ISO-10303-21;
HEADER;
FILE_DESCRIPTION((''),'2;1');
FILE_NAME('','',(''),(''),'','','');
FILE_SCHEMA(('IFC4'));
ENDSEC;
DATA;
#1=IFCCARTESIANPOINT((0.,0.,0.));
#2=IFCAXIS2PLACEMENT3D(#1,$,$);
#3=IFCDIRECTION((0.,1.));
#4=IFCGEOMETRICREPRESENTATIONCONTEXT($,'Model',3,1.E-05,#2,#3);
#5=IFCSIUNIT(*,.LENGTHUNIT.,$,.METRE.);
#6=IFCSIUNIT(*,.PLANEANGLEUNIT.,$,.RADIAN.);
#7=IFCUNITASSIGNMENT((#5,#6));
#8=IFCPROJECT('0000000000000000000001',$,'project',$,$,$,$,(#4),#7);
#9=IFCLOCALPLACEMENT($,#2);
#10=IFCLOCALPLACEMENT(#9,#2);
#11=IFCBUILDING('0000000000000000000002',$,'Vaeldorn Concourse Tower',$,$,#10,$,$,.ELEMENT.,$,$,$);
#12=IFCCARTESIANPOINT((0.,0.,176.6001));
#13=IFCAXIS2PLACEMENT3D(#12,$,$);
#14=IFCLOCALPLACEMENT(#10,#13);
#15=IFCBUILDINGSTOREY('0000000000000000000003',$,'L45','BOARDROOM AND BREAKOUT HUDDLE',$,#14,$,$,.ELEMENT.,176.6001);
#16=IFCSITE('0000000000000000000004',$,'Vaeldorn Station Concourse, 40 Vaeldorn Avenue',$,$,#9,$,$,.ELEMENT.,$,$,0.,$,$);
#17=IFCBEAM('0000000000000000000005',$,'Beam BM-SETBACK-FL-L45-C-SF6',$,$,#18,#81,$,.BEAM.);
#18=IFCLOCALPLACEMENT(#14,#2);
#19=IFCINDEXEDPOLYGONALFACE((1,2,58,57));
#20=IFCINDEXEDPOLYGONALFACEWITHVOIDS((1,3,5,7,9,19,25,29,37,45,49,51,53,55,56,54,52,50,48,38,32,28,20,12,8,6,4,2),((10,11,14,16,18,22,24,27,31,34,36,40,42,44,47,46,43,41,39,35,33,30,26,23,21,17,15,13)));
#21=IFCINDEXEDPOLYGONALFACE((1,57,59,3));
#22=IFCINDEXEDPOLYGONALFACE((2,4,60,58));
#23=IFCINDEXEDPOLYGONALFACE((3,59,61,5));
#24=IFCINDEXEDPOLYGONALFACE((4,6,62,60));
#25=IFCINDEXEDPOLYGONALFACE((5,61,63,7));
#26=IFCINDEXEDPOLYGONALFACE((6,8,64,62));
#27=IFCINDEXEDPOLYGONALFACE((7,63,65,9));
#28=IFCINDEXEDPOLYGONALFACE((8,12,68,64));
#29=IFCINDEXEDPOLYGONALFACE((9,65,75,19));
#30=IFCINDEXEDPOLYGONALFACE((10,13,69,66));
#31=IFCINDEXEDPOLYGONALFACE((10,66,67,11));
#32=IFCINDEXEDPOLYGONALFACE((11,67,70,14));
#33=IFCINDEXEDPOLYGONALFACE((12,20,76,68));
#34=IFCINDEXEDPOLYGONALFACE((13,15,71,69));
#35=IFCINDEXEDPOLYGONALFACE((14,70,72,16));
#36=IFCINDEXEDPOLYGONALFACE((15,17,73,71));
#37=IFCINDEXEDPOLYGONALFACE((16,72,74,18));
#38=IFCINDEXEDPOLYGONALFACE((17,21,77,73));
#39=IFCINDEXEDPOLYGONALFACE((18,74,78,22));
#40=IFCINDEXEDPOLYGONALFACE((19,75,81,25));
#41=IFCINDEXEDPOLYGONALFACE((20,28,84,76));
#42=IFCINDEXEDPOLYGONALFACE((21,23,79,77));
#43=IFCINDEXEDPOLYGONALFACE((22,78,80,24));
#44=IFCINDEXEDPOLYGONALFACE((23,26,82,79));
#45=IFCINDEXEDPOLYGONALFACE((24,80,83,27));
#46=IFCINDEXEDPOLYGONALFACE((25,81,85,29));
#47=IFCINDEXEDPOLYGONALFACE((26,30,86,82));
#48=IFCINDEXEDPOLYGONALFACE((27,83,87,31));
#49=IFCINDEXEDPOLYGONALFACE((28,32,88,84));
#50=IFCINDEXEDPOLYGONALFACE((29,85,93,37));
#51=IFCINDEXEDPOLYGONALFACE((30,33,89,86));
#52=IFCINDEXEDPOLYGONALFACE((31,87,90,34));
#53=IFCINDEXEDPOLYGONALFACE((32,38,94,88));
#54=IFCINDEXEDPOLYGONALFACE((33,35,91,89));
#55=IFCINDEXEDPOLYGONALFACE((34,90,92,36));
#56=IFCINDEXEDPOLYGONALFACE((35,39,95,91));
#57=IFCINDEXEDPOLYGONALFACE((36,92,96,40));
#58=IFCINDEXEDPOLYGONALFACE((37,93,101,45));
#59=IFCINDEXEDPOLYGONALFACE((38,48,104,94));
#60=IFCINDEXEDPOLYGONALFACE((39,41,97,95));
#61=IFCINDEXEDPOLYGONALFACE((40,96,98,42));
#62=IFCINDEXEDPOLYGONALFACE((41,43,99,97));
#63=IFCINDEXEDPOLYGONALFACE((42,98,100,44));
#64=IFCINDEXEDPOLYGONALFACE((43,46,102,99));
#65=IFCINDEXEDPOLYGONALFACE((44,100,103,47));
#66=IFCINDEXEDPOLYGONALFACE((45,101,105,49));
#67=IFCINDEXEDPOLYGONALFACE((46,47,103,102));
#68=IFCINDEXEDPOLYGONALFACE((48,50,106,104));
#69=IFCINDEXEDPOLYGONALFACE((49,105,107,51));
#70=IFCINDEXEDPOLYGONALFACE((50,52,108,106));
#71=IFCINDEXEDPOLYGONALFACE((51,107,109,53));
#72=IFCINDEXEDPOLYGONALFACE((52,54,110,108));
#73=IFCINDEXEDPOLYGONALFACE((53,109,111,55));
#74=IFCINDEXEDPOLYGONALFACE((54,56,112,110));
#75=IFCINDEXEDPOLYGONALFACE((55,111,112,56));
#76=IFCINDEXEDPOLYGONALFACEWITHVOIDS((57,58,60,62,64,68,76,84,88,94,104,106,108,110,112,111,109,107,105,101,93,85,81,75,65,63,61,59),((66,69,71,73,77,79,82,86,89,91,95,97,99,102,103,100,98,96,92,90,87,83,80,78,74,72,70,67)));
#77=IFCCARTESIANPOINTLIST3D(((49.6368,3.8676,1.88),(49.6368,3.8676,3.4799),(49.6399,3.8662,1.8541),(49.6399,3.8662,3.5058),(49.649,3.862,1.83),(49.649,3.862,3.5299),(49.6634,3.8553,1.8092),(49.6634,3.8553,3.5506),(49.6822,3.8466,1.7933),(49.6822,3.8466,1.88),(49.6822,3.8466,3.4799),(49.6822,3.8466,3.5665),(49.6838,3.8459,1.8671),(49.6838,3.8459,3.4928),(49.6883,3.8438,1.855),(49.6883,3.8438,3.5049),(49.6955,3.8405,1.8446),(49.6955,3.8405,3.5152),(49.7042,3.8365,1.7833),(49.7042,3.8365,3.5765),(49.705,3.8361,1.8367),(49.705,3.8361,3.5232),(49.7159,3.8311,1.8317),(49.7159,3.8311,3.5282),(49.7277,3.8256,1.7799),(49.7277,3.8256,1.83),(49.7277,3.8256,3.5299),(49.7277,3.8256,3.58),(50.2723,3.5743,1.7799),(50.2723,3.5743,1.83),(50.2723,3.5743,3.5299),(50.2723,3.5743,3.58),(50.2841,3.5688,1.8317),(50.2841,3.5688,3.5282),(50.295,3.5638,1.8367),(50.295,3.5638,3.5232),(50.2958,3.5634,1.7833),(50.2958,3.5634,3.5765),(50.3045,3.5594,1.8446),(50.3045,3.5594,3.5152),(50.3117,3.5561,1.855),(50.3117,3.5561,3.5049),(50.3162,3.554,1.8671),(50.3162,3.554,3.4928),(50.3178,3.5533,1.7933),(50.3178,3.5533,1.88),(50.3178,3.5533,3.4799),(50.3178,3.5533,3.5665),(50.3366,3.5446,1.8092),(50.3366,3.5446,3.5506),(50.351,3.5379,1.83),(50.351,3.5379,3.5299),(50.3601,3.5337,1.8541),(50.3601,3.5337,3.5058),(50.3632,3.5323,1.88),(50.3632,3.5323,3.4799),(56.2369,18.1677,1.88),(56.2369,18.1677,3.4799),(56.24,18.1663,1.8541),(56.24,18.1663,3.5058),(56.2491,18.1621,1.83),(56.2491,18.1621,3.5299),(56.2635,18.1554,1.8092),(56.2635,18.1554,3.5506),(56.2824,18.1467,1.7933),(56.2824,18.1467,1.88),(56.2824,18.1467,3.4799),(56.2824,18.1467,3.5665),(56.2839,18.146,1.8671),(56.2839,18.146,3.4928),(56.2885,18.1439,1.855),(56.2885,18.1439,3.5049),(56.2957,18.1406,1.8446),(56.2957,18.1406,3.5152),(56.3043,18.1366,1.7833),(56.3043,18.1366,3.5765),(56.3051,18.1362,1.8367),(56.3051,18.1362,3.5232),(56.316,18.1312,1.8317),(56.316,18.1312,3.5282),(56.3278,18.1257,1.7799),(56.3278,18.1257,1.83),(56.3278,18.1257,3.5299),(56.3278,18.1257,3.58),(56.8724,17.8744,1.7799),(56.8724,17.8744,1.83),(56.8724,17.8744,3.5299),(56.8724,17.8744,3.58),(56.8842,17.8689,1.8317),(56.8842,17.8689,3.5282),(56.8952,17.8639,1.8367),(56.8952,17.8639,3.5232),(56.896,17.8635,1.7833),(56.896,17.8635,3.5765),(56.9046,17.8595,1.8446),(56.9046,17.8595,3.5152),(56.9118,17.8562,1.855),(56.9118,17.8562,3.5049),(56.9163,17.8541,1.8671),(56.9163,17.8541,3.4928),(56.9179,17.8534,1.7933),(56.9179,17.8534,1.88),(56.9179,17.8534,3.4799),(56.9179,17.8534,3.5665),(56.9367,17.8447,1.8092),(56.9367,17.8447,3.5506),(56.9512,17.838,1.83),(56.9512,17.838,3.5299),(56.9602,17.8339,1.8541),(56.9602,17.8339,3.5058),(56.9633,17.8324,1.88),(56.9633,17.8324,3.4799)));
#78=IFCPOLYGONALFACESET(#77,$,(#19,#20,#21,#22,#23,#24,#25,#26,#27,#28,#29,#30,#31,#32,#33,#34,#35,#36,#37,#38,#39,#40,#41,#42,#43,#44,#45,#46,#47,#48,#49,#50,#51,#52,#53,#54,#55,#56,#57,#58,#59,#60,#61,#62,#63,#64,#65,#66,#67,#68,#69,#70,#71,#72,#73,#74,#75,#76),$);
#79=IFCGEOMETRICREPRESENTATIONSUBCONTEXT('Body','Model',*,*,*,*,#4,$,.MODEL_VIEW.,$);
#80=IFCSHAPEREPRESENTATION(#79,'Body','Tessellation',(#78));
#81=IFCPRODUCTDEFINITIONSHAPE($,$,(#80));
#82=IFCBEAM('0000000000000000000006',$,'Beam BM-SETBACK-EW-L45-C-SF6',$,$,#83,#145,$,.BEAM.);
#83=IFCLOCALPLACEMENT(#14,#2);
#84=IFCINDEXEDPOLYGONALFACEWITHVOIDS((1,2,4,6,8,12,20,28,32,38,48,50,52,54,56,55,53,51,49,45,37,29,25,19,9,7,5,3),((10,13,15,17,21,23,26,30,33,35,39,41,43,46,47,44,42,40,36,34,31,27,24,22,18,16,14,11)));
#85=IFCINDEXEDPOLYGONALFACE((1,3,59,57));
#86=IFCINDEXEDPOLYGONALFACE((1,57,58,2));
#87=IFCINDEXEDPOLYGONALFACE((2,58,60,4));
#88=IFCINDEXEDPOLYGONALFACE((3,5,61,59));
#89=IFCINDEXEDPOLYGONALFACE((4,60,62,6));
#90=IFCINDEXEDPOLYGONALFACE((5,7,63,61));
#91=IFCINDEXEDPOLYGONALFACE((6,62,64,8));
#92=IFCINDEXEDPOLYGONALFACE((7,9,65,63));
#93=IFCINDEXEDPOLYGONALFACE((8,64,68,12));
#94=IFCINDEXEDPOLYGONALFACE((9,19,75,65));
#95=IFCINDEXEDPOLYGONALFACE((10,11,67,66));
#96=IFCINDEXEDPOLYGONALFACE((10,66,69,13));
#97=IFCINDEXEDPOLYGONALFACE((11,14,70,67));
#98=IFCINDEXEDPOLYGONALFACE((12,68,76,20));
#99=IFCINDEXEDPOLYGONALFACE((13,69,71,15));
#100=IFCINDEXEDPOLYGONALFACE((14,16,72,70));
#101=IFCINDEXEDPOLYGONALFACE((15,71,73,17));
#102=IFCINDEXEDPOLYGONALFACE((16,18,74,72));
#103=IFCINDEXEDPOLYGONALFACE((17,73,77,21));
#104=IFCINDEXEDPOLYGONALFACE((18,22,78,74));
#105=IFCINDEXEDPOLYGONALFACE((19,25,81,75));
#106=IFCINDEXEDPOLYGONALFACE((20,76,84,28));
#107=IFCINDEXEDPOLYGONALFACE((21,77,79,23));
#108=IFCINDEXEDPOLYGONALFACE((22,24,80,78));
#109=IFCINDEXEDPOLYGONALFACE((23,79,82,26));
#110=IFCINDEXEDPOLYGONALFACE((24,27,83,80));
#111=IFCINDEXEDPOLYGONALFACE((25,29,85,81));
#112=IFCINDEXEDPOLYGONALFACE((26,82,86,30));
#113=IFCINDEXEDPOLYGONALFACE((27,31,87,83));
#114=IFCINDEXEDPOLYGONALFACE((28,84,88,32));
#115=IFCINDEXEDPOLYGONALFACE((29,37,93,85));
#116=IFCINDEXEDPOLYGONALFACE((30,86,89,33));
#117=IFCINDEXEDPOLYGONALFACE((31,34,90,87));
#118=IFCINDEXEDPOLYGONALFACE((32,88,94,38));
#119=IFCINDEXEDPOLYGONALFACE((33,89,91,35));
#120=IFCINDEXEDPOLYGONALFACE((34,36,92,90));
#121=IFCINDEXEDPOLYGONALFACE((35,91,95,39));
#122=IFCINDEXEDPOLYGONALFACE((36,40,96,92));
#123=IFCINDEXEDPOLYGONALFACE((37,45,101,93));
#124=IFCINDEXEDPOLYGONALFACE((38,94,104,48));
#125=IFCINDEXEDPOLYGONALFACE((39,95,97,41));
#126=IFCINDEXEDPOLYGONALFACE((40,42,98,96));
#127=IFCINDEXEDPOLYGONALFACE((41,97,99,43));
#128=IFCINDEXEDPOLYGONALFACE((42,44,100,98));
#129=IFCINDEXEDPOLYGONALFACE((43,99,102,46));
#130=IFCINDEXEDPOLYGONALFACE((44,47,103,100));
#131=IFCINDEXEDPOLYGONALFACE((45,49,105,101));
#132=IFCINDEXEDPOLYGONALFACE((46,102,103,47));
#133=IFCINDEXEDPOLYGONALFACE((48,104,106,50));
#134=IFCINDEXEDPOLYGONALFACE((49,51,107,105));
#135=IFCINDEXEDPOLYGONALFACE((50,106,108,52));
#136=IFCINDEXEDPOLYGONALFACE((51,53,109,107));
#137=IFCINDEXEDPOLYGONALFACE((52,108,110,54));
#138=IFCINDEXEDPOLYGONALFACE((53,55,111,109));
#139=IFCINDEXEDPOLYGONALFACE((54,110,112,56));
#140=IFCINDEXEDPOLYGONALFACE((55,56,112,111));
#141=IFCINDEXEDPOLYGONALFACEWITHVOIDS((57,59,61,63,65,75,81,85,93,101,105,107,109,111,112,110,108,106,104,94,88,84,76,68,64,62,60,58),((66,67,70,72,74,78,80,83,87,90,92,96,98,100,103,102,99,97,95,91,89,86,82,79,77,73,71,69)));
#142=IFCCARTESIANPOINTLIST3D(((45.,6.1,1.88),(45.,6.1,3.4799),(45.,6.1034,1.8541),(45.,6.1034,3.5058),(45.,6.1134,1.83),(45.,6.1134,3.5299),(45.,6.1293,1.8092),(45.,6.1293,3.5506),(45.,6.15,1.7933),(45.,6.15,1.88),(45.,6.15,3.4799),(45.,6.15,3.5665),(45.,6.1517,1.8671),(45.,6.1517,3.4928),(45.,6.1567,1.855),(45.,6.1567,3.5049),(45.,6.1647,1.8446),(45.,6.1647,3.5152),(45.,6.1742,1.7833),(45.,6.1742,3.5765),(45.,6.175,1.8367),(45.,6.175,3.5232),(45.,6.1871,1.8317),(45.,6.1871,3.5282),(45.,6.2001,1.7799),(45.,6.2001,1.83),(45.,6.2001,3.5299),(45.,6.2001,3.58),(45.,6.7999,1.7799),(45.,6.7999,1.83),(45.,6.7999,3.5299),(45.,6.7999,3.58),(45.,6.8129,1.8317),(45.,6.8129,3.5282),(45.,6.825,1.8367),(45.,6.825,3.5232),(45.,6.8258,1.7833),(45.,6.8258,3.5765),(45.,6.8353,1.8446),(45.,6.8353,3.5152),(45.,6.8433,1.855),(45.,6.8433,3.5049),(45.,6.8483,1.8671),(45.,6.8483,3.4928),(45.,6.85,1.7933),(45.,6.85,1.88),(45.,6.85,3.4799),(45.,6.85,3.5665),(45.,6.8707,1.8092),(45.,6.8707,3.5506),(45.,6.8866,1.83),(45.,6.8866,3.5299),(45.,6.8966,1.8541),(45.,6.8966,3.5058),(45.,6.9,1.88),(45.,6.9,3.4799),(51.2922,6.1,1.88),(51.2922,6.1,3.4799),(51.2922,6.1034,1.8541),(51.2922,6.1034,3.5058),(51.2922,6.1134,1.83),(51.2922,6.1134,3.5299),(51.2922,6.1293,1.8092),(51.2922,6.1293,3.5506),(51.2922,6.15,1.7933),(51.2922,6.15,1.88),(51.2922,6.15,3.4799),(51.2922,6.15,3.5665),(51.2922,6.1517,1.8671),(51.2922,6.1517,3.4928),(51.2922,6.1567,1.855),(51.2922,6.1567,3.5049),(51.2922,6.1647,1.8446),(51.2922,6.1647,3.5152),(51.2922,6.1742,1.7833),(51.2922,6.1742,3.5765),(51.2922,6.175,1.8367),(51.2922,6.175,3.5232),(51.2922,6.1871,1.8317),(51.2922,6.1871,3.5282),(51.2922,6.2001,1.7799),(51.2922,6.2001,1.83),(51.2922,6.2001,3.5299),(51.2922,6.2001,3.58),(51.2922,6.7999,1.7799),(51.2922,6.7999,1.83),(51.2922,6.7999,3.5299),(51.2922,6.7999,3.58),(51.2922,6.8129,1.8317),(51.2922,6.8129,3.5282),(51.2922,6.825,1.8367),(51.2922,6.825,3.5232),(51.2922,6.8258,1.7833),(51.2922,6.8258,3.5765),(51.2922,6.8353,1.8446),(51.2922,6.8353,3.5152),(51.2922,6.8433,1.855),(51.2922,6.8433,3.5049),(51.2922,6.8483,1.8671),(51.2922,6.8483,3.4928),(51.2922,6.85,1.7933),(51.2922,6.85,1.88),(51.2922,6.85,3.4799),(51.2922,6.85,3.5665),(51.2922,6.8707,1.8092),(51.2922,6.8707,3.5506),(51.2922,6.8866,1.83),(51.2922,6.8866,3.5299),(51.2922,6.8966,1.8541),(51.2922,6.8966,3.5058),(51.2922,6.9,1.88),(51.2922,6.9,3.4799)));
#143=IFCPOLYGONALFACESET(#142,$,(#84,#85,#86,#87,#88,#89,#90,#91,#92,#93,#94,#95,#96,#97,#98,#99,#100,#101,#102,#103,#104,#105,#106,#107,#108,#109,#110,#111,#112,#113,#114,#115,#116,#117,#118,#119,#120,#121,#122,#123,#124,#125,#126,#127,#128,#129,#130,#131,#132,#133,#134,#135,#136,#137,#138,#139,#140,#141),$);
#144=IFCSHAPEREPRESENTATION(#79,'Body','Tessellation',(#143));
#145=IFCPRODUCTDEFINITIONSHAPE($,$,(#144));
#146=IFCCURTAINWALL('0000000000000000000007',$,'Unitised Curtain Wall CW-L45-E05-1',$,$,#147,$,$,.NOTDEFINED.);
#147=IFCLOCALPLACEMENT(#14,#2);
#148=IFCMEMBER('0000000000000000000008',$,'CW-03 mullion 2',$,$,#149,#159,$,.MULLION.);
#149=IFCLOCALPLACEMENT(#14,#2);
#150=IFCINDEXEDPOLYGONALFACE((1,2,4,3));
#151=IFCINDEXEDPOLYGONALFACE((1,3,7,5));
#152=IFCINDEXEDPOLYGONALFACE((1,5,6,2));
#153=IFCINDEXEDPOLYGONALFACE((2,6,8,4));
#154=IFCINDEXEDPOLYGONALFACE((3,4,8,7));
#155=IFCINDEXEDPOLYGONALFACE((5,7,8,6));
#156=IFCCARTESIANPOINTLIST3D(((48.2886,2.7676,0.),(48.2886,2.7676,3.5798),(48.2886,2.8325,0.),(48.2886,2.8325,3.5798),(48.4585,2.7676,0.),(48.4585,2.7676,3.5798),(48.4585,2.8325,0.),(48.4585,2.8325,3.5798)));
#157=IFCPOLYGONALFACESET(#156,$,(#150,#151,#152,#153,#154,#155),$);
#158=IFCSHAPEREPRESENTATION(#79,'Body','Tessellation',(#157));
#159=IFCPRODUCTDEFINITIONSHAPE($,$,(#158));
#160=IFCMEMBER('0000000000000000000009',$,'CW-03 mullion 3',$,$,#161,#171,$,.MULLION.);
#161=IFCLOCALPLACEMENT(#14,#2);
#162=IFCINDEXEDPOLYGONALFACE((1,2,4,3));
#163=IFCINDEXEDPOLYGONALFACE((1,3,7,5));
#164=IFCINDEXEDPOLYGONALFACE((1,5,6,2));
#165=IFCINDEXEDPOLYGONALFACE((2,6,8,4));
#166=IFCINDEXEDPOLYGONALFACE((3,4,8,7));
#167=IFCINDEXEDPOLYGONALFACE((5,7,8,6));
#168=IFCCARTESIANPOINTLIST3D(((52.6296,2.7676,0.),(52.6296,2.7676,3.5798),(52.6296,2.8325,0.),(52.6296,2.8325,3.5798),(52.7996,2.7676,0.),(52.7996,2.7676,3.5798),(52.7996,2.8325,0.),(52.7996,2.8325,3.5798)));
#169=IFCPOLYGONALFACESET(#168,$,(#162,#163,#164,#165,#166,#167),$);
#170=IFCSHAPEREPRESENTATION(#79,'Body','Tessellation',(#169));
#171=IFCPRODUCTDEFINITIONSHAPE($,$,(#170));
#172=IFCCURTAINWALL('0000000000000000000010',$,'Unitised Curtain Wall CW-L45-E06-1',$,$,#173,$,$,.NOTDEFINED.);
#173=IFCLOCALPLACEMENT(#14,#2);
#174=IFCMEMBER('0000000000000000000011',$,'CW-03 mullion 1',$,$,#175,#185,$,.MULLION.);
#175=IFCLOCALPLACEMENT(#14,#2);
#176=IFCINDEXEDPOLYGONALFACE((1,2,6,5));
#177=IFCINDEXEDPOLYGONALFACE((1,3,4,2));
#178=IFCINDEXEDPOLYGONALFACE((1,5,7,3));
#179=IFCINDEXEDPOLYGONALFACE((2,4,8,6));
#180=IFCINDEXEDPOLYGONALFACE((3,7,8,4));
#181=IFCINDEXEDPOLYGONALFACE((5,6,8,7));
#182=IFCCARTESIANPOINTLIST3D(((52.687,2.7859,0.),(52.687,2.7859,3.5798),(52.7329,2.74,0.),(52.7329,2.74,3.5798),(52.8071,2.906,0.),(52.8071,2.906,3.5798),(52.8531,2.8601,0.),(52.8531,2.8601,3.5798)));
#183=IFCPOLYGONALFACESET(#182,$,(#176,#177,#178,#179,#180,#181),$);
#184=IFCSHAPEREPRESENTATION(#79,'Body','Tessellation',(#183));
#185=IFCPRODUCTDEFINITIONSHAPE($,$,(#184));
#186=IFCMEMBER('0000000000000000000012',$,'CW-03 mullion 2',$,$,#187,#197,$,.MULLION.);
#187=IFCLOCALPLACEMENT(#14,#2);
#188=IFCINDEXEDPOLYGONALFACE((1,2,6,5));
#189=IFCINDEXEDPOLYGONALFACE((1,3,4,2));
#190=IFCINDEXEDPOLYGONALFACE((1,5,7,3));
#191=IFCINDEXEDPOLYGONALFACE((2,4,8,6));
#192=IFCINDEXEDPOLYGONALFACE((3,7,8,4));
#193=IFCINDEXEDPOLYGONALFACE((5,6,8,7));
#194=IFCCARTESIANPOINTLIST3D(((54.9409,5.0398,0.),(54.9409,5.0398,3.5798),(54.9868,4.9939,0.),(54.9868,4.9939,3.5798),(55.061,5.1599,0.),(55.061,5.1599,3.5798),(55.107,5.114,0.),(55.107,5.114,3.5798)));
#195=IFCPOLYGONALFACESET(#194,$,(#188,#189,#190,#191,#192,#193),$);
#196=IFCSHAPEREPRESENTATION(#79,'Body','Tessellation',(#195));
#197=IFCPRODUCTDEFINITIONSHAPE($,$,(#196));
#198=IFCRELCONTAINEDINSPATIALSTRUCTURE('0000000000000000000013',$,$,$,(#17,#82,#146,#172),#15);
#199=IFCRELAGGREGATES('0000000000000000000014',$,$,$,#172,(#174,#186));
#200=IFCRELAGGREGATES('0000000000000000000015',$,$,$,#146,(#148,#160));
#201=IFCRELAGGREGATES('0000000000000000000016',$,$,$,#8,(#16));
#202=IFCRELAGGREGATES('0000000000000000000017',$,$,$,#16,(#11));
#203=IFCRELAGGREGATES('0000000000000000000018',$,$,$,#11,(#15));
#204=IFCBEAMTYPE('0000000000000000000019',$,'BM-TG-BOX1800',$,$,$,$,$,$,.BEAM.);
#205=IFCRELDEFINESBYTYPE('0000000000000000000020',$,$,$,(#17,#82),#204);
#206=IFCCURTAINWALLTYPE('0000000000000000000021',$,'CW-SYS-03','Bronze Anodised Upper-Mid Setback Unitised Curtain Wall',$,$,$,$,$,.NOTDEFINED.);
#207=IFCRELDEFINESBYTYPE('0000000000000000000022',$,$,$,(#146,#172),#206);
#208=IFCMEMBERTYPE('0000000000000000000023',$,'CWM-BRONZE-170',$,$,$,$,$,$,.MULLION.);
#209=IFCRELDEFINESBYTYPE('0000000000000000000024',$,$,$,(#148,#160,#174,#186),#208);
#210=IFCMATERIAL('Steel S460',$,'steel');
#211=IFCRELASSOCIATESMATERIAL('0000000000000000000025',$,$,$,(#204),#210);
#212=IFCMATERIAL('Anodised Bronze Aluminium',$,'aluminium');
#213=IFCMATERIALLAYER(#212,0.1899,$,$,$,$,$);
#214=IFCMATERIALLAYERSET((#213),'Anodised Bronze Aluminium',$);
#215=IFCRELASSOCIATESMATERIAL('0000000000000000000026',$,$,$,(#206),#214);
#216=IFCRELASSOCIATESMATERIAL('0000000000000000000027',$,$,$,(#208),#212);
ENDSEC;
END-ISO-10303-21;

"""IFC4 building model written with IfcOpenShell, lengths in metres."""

from ifc_helpers import new_model, si_unit, direction, frame, origin, origin_2d, place, context, subcontext, project, spatial, rectangle, hollow_rectangle, extrude, source, transform, mapped, material, layer, layer_set, material_profile, profile_set, type_object, element, aggregate, save


model = new_model("IFC4")

# Units and contexts
model_context = context("Model", 3, precision=1e-05, world=origin(), true_north=direction((0.0, 1.0)))
body_context = subcontext(model_context, "Body", "Model", "MODEL_VIEW")
ifc_project = project(units=[si_unit("LENGTHUNIT", "METRE"), si_unit("PLANEANGLEUNIT", "RADIAN")], contexts=[model_context])

# Site, building, storey
site_placement = place(None, origin())
site = spatial("IfcSite", under=ifc_project, at=site_placement, Name="Vaeldorn Station Concourse, 40 Vaeldorn Avenue", CompositionType="ELEMENT", RefElevation=0.0)
building_placement = place(site_placement, origin())
building = spatial("IfcBuilding", under=site, at=building_placement, Name="Vaeldorn Concourse Tower", CompositionType="ELEMENT")
storey_placement = place(building_placement, frame((0.0, 0.0, 176.6001)))
storey = spatial("IfcBuildingStorey", under=building, at=storey_placement, Name="L45", Description="BOARDROOM AND BREAKOUT HUDDLE", CompositionType="ELEMENT", Elevation=176.6001)

# Beams
ifc_material_1 = material(Name="Steel S460", Category="steel")
ifc_material_profile_1 = material_profile(ifc_material_1, hollow_rectangle(XDim=0.8, YDim=1.8, WallThickness=0.05, InnerFilletRadius=0.05, OuterFilletRadius=0.1001, at=origin_2d()), Name="RHS 1800x800x50")
ifc_profile_set_1 = profile_set([ifc_material_profile_1], Name="Steel S460")
beam_type_1 = type_object("IfcBeamType", Name="BM-TG-BOX1800", PredefinedType="BEAM", material=ifc_profile_set_1)
shared_shape_1 = source(origin(), body_context, "Body", "SweptSolid", [
    extrude(hollow_rectangle(XDim=0.8, YDim=1.8, WallThickness=0.05, InnerFilletRadius=0.05, OuterFilletRadius=0.1001, at=origin_2d()), origin(), (0.0, 0.0, 1.0), 15.7498),
])
beam_1_placement = place(storey_placement, frame((50.0, 3.7, 2.6799), z_axis=(0.419062, 0.907958, 0.0), x_axis=(-0.907958, 0.419062, 0.0)))
element("IfcBeam", 1, at=beam_1_placement, inside=storey, type_object=beam_type_1, Name="Beam BM-SETBACK-FL-L45-C-SF6", PredefinedType="BEAM", context=body_context, shape_type="MappedRepresentation", body=[
    mapped(shared_shape_1, transform((0.0, 0.0, 0.0), scale=1.0)),
])
shared_shape_2 = source(origin(), body_context, "Body", "SweptSolid", [
    extrude(hollow_rectangle(XDim=0.8, YDim=1.8, WallThickness=0.05, InnerFilletRadius=0.05, OuterFilletRadius=0.1001, at=origin_2d()), origin(), (0.0, 0.0, 1.0), 6.2922),
])
beam_2_placement = place(storey_placement, frame((51.2922, 6.5, 2.6799), z_axis=(-1.0, 0.0, 0.0), x_axis=(0.0, -1.0, 0.0)))
element("IfcBeam", 2, at=beam_2_placement, inside=storey, type_object=beam_type_1, Name="Beam BM-SETBACK-EW-L45-C-SF6", PredefinedType="BEAM", context=body_context, shape_type="MappedRepresentation", body=[
    mapped(shared_shape_2, transform((0.0, 0.0, 0.0), scale=1.0)),
])

# Curtain walls, members
ifc_material_2 = material(Name="Anodised Bronze Aluminium", Category="aluminium")
ifc_layer_1 = layer(ifc_material_2, 0.1899)
ifc_layer_set_1 = layer_set([ifc_layer_1], Name="Anodised Bronze Aluminium")
curtain_wall_type = type_object("IfcCurtainWallType", Name="CW-SYS-03", Description="Bronze Anodised Upper-Mid Setback Unitised Curtain Wall", PredefinedType="NOTDEFINED", material=ifc_layer_set_1)
curtain_wall_1_placement = place(storey_placement, origin())
curtain_wall_1 = element("IfcCurtainWall", 3, at=curtain_wall_1_placement, inside=storey, type_object=curtain_wall_type, Name="Unitised Curtain Wall CW-L45-E05-1", PredefinedType="NOTDEFINED")
ifc_material_profile_2 = material_profile(ifc_material_2, rectangle(XDim=0.0649, YDim=0.1699, at=origin_2d()), Name="CWM 65x170")
ifc_profile_set_2 = profile_set([ifc_material_profile_2], Name="Anodised Bronze Aluminium")
member_type_1 = type_object("IfcMemberType", Name="CWM-BRONZE-170", PredefinedType="MULLION", material=ifc_profile_set_2)
shared_shape_3 = source(origin(), body_context, "Body", "SweptSolid", [
    extrude(rectangle(XDim=0.0649, YDim=0.1699, at=origin_2d()), origin(), (0.0, 0.0, 1.0), 3.5798),
])
member_1_placement = place(storey_placement, frame((48.3735, 2.8, 0.0), z_axis=(0.0, 0.0, 1.0), x_axis=(0.0, 1.0, 0.0)))
member_1 = element("IfcMember", 4, at=member_1_placement, type_object=member_type_1, Name="CW-03 mullion 2", PredefinedType="MULLION", context=body_context, shape_type="MappedRepresentation", body=[
    mapped(shared_shape_3, transform((0.0, 0.0, 0.0), scale=1.0)),
])
member_2_placement = place(storey_placement, frame((52.7146, 2.8, 0.0), z_axis=(0.0, 0.0, 1.0), x_axis=(0.0, 1.0, 0.0)))
member_2 = element("IfcMember", 5, at=member_2_placement, type_object=member_type_1, Name="CW-03 mullion 3", PredefinedType="MULLION", context=body_context, shape_type="MappedRepresentation", body=[
    mapped(shared_shape_3, transform((0.0, 0.0, 0.0), scale=1.0)),
])
curtain_wall_2_placement = place(storey_placement, origin())
curtain_wall_2 = element("IfcCurtainWall", 6, at=curtain_wall_2_placement, inside=storey, type_object=curtain_wall_type, Name="Unitised Curtain Wall CW-L45-E06-1", PredefinedType="NOTDEFINED")
member_3_placement = place(storey_placement, frame((52.77, 2.823, 0.0), z_axis=(0.0, 0.0, 1.0), x_axis=(-0.707107, 0.707107, 0.0)))
member_3 = element("IfcMember", 7, at=member_3_placement, type_object=member_type_1, Name="CW-03 mullion 1", PredefinedType="MULLION", context=body_context, shape_type="MappedRepresentation", body=[
    mapped(shared_shape_3, transform((0.0, 0.0, 0.0), scale=1.0)),
])
member_4_placement = place(storey_placement, frame((55.0239, 5.0769, 0.0), z_axis=(0.0, 0.0, 1.0), x_axis=(-0.707107, 0.707107, 0.0)))
member_4 = element("IfcMember", 8, at=member_4_placement, type_object=member_type_1, Name="CW-03 mullion 2", PredefinedType="MULLION", context=body_context, shape_type="MappedRepresentation", body=[
    mapped(shared_shape_3, transform((0.0, 0.0, 0.0), scale=1.0)),
])

aggregate(curtain_wall_2, [member_3, member_4])
aggregate(curtain_wall_1, [member_1, member_2])

save(model, "model.ifc")
